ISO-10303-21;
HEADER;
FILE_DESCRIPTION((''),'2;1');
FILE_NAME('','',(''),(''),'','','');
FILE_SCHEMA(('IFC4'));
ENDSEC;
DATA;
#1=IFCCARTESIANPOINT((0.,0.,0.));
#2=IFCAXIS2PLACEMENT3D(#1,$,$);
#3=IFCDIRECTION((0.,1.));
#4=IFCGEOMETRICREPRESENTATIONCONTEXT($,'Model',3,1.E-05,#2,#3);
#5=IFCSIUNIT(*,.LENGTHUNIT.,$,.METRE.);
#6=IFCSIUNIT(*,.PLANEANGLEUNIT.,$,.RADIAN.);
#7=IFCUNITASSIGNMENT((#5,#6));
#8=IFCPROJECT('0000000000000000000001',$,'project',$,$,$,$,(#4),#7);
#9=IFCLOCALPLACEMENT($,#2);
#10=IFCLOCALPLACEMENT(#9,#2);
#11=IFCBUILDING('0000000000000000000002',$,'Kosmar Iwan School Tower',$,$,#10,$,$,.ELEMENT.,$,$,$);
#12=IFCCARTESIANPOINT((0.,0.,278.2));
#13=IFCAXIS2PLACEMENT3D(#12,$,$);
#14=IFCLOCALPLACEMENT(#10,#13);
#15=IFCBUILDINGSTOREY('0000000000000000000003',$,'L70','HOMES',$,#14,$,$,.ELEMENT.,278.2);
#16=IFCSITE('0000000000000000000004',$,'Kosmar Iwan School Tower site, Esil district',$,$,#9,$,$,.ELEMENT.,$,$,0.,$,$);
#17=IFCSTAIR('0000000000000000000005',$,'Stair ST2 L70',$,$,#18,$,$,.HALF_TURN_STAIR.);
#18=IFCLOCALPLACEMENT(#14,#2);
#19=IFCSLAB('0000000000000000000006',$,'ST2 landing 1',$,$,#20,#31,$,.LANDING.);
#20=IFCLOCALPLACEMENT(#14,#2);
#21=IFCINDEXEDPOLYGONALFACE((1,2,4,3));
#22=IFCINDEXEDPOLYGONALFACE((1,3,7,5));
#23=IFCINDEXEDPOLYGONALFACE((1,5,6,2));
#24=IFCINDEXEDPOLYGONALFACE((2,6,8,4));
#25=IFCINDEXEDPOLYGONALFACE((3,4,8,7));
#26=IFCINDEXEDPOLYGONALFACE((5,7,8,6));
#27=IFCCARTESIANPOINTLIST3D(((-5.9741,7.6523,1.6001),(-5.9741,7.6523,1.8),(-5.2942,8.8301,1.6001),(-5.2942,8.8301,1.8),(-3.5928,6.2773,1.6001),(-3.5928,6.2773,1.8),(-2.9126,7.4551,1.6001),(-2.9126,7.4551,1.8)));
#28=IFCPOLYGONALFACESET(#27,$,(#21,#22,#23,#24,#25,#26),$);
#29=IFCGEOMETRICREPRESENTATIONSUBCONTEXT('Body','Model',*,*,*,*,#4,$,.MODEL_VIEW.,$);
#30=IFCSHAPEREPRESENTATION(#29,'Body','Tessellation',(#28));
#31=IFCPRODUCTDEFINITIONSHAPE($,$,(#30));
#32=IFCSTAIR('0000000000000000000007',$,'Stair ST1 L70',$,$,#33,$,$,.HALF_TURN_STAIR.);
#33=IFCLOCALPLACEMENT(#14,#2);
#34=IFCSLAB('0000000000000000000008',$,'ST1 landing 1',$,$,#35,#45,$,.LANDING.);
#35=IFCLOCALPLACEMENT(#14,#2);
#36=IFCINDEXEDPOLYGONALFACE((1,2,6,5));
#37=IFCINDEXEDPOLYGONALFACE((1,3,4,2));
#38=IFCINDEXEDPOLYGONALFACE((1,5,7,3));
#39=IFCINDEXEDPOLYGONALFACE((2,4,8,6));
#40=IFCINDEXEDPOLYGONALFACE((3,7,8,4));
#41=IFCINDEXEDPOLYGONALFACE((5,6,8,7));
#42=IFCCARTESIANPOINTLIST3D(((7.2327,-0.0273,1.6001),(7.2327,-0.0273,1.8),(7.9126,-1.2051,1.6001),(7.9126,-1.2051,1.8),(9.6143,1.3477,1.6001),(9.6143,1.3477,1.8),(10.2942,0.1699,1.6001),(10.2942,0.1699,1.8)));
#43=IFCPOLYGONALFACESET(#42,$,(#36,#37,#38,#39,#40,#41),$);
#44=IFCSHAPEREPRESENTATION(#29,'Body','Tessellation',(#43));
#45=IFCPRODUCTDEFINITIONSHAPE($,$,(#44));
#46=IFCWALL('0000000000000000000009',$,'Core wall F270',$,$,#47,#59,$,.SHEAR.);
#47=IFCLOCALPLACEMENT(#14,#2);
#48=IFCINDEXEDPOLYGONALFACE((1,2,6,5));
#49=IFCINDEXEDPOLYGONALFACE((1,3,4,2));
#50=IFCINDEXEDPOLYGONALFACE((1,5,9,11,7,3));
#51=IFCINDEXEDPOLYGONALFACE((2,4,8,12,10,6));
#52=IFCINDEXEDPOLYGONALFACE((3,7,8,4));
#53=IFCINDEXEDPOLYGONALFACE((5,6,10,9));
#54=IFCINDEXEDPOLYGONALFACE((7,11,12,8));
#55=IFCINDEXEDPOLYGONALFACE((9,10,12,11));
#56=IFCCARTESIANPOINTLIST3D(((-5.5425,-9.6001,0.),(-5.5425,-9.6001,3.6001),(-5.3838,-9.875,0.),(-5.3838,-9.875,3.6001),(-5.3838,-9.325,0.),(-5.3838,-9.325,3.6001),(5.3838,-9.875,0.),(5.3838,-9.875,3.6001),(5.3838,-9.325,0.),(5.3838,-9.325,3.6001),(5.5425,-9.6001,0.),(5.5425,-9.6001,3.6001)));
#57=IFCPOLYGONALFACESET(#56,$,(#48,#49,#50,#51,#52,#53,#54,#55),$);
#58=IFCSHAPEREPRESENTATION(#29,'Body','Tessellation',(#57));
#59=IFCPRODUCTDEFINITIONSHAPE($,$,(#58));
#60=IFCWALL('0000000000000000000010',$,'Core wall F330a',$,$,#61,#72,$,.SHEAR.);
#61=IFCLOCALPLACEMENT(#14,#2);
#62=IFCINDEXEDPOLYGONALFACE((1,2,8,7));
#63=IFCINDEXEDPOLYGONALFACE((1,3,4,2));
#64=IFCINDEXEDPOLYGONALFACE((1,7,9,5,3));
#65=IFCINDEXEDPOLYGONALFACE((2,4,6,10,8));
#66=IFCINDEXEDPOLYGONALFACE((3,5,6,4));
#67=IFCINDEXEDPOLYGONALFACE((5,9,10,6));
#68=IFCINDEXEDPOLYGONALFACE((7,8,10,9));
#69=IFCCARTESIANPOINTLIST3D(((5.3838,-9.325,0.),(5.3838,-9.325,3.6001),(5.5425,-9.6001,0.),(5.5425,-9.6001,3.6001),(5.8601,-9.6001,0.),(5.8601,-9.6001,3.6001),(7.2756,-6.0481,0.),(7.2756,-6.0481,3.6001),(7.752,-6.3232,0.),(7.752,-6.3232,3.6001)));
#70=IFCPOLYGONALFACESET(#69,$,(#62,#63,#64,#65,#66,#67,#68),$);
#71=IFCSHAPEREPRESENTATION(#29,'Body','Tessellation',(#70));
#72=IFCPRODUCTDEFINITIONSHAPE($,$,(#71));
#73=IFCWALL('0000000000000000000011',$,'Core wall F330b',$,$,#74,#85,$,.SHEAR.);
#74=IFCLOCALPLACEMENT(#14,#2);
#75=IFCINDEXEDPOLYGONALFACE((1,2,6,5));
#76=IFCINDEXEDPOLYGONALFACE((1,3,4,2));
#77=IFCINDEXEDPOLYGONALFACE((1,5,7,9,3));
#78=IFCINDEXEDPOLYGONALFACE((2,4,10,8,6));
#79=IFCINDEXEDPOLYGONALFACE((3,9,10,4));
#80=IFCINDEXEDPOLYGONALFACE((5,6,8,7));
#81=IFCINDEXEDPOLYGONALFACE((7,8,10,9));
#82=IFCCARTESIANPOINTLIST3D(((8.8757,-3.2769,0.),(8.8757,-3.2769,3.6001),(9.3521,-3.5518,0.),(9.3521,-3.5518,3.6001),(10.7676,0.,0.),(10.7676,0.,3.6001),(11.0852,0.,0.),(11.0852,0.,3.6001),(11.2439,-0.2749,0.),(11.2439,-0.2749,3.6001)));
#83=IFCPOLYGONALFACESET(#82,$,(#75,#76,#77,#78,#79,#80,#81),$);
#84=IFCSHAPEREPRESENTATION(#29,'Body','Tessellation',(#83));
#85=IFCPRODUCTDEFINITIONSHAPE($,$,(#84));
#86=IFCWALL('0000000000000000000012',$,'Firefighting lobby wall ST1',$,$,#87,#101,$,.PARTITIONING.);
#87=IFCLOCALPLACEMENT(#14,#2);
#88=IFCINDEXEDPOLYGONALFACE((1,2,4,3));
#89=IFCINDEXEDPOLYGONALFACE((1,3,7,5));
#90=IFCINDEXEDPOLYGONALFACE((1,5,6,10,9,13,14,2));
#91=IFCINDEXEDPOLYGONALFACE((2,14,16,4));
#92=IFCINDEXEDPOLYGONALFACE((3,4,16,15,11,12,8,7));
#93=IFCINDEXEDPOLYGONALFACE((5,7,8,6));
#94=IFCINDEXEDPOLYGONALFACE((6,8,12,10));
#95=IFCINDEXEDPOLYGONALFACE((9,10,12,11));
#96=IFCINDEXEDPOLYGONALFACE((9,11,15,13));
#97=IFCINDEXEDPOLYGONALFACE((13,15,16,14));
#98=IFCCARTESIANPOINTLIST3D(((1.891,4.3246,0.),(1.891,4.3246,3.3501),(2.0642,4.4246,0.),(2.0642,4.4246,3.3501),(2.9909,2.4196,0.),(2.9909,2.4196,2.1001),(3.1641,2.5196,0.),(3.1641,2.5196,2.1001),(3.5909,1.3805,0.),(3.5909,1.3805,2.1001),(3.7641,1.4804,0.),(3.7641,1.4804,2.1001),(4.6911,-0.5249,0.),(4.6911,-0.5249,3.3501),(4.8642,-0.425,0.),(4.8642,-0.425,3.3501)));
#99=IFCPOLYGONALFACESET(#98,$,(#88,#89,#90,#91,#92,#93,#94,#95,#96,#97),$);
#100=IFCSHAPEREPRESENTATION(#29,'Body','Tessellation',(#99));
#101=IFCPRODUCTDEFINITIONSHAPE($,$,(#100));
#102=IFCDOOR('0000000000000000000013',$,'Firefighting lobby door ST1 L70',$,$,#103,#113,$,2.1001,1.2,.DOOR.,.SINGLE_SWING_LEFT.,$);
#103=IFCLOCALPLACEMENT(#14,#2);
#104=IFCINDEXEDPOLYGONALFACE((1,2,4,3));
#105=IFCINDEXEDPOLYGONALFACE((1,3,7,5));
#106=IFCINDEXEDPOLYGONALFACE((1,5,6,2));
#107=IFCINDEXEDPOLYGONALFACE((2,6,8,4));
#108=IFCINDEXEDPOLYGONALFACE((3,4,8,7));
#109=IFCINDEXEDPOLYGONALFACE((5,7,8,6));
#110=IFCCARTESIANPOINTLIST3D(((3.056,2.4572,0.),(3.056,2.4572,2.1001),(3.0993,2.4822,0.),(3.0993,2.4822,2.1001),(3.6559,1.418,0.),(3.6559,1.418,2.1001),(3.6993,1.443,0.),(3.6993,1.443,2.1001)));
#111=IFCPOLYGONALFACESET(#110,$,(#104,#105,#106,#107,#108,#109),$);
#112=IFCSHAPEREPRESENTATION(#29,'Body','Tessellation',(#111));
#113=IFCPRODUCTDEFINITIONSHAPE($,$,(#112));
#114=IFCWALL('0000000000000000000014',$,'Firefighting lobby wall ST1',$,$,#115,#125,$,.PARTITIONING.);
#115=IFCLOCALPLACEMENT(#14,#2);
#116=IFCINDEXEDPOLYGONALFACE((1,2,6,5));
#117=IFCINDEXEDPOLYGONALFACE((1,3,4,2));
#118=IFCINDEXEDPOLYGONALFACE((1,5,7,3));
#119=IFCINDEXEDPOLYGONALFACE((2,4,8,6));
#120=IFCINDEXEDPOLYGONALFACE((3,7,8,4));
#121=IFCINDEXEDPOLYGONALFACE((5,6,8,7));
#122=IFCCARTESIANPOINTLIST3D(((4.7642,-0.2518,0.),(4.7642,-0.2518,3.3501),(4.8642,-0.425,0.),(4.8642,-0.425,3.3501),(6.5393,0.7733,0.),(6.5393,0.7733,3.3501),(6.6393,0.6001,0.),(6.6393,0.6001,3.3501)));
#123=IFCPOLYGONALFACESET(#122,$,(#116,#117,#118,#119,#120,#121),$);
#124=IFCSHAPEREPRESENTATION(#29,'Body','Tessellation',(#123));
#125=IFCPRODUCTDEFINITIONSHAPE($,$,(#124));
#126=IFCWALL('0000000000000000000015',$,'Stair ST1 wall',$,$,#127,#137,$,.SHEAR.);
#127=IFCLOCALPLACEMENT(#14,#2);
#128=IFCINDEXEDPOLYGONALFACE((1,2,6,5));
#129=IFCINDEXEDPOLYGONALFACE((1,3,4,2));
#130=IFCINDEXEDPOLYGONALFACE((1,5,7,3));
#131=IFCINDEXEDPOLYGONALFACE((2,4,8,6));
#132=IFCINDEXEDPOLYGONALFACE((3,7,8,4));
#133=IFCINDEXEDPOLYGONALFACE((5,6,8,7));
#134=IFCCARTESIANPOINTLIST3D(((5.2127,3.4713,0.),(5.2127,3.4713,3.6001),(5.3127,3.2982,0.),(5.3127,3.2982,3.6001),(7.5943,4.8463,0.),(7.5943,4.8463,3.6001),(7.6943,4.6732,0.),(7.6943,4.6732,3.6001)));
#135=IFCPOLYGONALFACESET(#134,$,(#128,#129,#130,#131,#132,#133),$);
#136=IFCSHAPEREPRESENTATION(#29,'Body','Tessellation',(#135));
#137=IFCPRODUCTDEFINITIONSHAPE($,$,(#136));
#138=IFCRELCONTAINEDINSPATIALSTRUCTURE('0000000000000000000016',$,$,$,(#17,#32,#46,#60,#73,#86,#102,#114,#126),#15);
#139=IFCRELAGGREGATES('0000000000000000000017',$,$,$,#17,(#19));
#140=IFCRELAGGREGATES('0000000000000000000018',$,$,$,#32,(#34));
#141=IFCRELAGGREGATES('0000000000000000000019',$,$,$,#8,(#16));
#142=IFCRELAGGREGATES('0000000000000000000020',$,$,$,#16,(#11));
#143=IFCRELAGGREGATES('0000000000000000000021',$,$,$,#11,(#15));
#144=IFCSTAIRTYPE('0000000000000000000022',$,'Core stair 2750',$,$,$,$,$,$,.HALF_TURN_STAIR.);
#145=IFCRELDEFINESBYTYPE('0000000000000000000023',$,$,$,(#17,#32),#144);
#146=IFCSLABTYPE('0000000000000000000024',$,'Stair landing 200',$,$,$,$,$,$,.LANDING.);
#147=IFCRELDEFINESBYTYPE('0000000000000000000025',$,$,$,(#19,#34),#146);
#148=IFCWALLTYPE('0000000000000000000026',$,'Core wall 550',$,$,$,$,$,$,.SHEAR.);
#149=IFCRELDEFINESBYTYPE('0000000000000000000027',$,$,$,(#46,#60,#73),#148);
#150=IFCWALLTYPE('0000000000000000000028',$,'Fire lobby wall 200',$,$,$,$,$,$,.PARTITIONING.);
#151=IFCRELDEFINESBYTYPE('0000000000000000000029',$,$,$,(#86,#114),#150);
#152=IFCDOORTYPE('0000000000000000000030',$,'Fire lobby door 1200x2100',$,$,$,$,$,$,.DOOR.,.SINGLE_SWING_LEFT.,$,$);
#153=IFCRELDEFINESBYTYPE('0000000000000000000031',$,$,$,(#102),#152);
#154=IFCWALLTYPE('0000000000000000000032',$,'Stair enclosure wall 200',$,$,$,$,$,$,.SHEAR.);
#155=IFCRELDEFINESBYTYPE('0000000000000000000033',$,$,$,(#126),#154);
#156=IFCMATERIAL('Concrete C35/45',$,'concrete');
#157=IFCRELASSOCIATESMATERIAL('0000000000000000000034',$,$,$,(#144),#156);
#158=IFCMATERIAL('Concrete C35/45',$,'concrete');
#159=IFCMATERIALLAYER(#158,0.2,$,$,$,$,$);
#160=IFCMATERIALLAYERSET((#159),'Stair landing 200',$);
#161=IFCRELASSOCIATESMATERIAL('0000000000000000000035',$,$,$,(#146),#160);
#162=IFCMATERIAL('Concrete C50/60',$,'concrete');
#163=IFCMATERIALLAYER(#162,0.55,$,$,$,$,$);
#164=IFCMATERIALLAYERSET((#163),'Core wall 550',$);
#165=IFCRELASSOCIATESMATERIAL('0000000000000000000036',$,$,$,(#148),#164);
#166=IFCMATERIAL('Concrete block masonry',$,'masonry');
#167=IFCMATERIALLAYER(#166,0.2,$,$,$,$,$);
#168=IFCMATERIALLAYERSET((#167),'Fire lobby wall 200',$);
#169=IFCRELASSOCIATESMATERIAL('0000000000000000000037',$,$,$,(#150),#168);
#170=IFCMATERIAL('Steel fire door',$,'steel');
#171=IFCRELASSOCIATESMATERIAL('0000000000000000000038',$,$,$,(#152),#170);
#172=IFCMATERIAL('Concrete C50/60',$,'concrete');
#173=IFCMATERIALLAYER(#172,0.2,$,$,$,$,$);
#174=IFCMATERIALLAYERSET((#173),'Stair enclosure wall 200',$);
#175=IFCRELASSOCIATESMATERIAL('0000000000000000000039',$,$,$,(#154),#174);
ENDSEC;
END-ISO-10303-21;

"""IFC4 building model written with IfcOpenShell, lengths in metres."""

from ifc_helpers import new_model, si_unit, direction, frame, frame_2d, origin, place, context, subcontext, project, spatial, polyline, rectangle, outline, extrude, material, layer, layer_set, type_object, element, fill, aggregate, save


model = new_model("IFC4")

# Units and contexts
model_context = context("Model", 3, precision=1e-05, world=origin(), true_north=direction((0.0, 1.0)))
body_context = subcontext(model_context, "Body", "Model", "MODEL_VIEW")
ifc_project = project(units=[si_unit("LENGTHUNIT", "METRE"), si_unit("PLANEANGLEUNIT", "RADIAN")], contexts=[model_context])

# Site, building, storey
site_placement = place(None, origin())
site = spatial("IfcSite", under=ifc_project, at=site_placement, Name="Kosmar Iwan School Tower site, Esil district", CompositionType="ELEMENT", RefElevation=0.0)
building_placement = place(site_placement, origin())
building = spatial("IfcBuilding", under=site, at=building_placement, Name="Kosmar Iwan School Tower", CompositionType="ELEMENT")
storey_placement = place(building_placement, frame((0.0, 0.0, 278.2)))
storey = spatial("IfcBuildingStorey", under=building, at=storey_placement, Name="L70", Description="HOMES", CompositionType="ELEMENT", Elevation=278.2)

# Stairs, slabs
ifc_material_1 = material(Name="Concrete C35/45", Category="concrete")
stair_type = type_object("IfcStairType", Name="Core stair 2750", PredefinedType="HALF_TURN_STAIR", material=ifc_material_1)
stair_1_placement = place(storey_placement, origin())
stair_1 = element("IfcStair", 1, at=stair_1_placement, inside=storey, type_object=stair_type, Name="Stair ST2 L70", PredefinedType="HALF_TURN_STAIR")
ifc_material_2 = material(Name="Concrete C35/45", Category="concrete")
ifc_layer_1 = layer(ifc_material_2, 0.2)
ifc_layer_set_1 = layer_set([ifc_layer_1], Name="Stair landing 200")
slab_type = type_object("IfcSlabType", Name="Stair landing 200", PredefinedType="LANDING", material=ifc_layer_set_1)
slab_1_placement = place(storey_placement, frame((0.0, 0.0, 1.6001)))
slab_1 = element("IfcSlab", 2, at=slab_1_placement, type_object=slab_type, Name="ST2 landing 1", PredefinedType="LANDING", context=body_context, shape_type="SweptSolid", body=[
    extrude(outline(polyline([(-2.9126, 7.4551), (-5.2942, 8.8301), (-5.9741, 7.6523), (-3.5928, 6.2773), (-2.9126, 7.4551)])), origin(), (0.0, 0.0, 1.0), 0.2),
])
aggregate(stair_1, [slab_1])
stair_2_placement = place(storey_placement, origin())
stair_2 = element("IfcStair", 3, at=stair_2_placement, inside=storey, type_object=stair_type, Name="Stair ST1 L70", PredefinedType="HALF_TURN_STAIR")
slab_2_placement = place(storey_placement, frame((0.0, 0.0, 1.6001)))
slab_2 = element("IfcSlab", 4, at=slab_2_placement, type_object=slab_type, Name="ST1 landing 1", PredefinedType="LANDING", context=body_context, shape_type="SweptSolid", body=[
    extrude(outline(polyline([(7.9126, -1.2051), (10.2942, 0.1699), (9.6143, 1.3477), (7.2327, -0.0273), (7.9126, -1.2051)])), origin(), (0.0, 0.0, 1.0), 0.2),
])
aggregate(stair_2, [slab_2])

# Walls
ifc_material_3 = material(Name="Concrete C50/60", Category="concrete")
ifc_layer_2 = layer(ifc_material_3, 0.55)
ifc_layer_set_2 = layer_set([ifc_layer_2], Name="Core wall 550")
wall_type_1 = type_object("IfcWallType", Name="Core wall 550", PredefinedType="SHEAR", material=ifc_layer_set_2)
wall_1_placement = place(storey_placement, origin())
element("IfcWall", 5, at=wall_1_placement, inside=storey, type_object=wall_type_1, Name="Core wall F270", PredefinedType="SHEAR", context=body_context, shape_type="SweptSolid", body=[
    extrude(outline(polyline([(-5.3838, -9.875), (5.3838, -9.875), (5.5425, -9.6001), (5.3838, -9.325), (-5.3838, -9.325), (-5.5425, -9.6001), (-5.3838, -9.875)])), origin(), (0.0, 0.0, 1.0), 3.6001),
])
wall_2_placement = place(storey_placement, origin())
element("IfcWall", 6, at=wall_2_placement, inside=storey, type_object=wall_type_1, Name="Core wall F330a", PredefinedType="SHEAR", context=body_context, shape_type="SweptSolid", body=[
    extrude(outline(polyline([(5.5425, -9.6001), (5.8601, -9.6001), (7.752, -6.3232), (7.2756, -6.0481), (5.3838, -9.325), (5.5425, -9.6001)])), origin(), (0.0, 0.0, 1.0), 3.6001),
])
wall_3_placement = place(storey_placement, origin())
element("IfcWall", 7, at=wall_3_placement, inside=storey, type_object=wall_type_1, Name="Core wall F330b", PredefinedType="SHEAR", context=body_context, shape_type="SweptSolid", body=[
    extrude(outline(polyline([(9.3521, -3.5518), (11.2439, -0.2749), (11.0852, 0.0), (10.7676, 0.0), (8.8757, -3.2769), (9.3521, -3.5518)])), origin(), (0.0, 0.0, 1.0), 3.6001),
])

# Wall, opening, door
ifc_material_4 = material(Name="Concrete block masonry", Category="masonry")
ifc_layer_3 = layer(ifc_material_4, 0.2)
ifc_layer_set_3 = layer_set([ifc_layer_3], Name="Fire lobby wall 200")
wall_type_2 = type_object("IfcWallType", Name="Fire lobby wall 200", PredefinedType="PARTITIONING", material=ifc_layer_set_3)
wall_4_placement = place(storey_placement, frame((4.7776, -0.4749, 0.0), z_axis=(0.0, 0.0, 1.0), x_axis=(-0.500017, 0.866016, 0.0)))
wall_4 = element("IfcWall", 8, at=wall_4_placement, inside=storey, type_object=wall_type_2, Name="Firefighting lobby wall ST1", PredefinedType="PARTITIONING", context=body_context, shape_type="SweptSolid", body=[
    extrude(rectangle(XDim=5.5999, YDim=0.2, at=frame_2d((2.7998, 0.0))), origin(), (0.0, 0.0, 1.0), 3.3501),
])
opening_placement = place(wall_4_placement, frame((2.2, 0.0, 0.0)))
opening = element("IfcOpeningElement", 9, at=opening_placement, cuts=wall_4, PredefinedType="OPENING", context=body_context, shape_type="SweptSolid", body=[
    extrude(rectangle(XDim=1.2, YDim=2.1001, at=frame_2d((0.6001, 1.05))), frame((0.0, 0.1121, 0.0), z_axis=(0.0, -1.0, 0.0), x_axis=(1.0, 0.0, 0.0)), (0.0, 0.0, 1.0), 0.2239),
])
ifc_material_5 = material(Name="Steel fire door", Category="steel")
door_type = type_object("IfcDoorType", Name="Fire lobby door 1200x2100", OperationType="SINGLE_SWING_LEFT", PredefinedType="DOOR", material=ifc_material_5)
door_placement = place(opening_placement, origin())
door = element("IfcDoor", 10, at=door_placement, inside=storey, type_object=door_type, Name="Firefighting lobby door ST1 L70", OperationType="SINGLE_SWING_LEFT", OverallHeight=2.1001, OverallWidth=1.2, PredefinedType="DOOR", context=body_context, shape_type="SweptSolid", body=[
    extrude(rectangle(XDim=1.2, YDim=2.1001, at=frame_2d((0.6001, 1.05))), frame((0.0, 0.0249, 0.0), z_axis=(0.0, -1.0, 0.0), x_axis=(1.0, 0.0, 0.0)), (0.0, 0.0, 1.0), 0.05),
])
fill(opening, door)

# Walls
wall_5_placement = place(storey_placement, frame((4.8142, -0.3384, 0.0), z_axis=(0.0, 0.0, 1.0), x_axis=(0.865969, 0.500097, 0.0)))
element("IfcWall", 11, at=wall_5_placement, inside=storey, type_object=wall_type_2, Name="Firefighting lobby wall ST1", PredefinedType="PARTITIONING", context=body_context, shape_type="SweptSolid", body=[
    extrude(rectangle(XDim=2.0498, YDim=0.2, at=frame_2d((1.0249, 0.0))), origin(), (0.0, 0.0, 1.0), 3.3501),
])
ifc_material_6 = material(Name="Concrete C50/60", Category="concrete")
ifc_layer_4 = layer(ifc_material_6, 0.2)
ifc_layer_set_4 = layer_set([ifc_layer_4], Name="Stair enclosure wall 200")
wall_type_3 = type_object("IfcWallType", Name="Stair enclosure wall 200", PredefinedType="SHEAR", material=ifc_layer_set_4)
wall_6_placement = place(storey_placement, frame((5.2627, 3.3848, 0.0), z_axis=(0.0, 0.0, 1.0), x_axis=(0.866027, 0.499997, 0.0)))
element("IfcWall", 12, at=wall_6_placement, inside=storey, type_object=wall_type_3, Name="Stair ST1 wall", PredefinedType="SHEAR", context=body_context, shape_type="SweptSolid", body=[
    extrude(rectangle(XDim=2.75, YDim=0.2, at=frame_2d((1.375, 0.0))), origin(), (0.0, 0.0, 1.0), 3.6001),
])

save(model, "model.ifc")
